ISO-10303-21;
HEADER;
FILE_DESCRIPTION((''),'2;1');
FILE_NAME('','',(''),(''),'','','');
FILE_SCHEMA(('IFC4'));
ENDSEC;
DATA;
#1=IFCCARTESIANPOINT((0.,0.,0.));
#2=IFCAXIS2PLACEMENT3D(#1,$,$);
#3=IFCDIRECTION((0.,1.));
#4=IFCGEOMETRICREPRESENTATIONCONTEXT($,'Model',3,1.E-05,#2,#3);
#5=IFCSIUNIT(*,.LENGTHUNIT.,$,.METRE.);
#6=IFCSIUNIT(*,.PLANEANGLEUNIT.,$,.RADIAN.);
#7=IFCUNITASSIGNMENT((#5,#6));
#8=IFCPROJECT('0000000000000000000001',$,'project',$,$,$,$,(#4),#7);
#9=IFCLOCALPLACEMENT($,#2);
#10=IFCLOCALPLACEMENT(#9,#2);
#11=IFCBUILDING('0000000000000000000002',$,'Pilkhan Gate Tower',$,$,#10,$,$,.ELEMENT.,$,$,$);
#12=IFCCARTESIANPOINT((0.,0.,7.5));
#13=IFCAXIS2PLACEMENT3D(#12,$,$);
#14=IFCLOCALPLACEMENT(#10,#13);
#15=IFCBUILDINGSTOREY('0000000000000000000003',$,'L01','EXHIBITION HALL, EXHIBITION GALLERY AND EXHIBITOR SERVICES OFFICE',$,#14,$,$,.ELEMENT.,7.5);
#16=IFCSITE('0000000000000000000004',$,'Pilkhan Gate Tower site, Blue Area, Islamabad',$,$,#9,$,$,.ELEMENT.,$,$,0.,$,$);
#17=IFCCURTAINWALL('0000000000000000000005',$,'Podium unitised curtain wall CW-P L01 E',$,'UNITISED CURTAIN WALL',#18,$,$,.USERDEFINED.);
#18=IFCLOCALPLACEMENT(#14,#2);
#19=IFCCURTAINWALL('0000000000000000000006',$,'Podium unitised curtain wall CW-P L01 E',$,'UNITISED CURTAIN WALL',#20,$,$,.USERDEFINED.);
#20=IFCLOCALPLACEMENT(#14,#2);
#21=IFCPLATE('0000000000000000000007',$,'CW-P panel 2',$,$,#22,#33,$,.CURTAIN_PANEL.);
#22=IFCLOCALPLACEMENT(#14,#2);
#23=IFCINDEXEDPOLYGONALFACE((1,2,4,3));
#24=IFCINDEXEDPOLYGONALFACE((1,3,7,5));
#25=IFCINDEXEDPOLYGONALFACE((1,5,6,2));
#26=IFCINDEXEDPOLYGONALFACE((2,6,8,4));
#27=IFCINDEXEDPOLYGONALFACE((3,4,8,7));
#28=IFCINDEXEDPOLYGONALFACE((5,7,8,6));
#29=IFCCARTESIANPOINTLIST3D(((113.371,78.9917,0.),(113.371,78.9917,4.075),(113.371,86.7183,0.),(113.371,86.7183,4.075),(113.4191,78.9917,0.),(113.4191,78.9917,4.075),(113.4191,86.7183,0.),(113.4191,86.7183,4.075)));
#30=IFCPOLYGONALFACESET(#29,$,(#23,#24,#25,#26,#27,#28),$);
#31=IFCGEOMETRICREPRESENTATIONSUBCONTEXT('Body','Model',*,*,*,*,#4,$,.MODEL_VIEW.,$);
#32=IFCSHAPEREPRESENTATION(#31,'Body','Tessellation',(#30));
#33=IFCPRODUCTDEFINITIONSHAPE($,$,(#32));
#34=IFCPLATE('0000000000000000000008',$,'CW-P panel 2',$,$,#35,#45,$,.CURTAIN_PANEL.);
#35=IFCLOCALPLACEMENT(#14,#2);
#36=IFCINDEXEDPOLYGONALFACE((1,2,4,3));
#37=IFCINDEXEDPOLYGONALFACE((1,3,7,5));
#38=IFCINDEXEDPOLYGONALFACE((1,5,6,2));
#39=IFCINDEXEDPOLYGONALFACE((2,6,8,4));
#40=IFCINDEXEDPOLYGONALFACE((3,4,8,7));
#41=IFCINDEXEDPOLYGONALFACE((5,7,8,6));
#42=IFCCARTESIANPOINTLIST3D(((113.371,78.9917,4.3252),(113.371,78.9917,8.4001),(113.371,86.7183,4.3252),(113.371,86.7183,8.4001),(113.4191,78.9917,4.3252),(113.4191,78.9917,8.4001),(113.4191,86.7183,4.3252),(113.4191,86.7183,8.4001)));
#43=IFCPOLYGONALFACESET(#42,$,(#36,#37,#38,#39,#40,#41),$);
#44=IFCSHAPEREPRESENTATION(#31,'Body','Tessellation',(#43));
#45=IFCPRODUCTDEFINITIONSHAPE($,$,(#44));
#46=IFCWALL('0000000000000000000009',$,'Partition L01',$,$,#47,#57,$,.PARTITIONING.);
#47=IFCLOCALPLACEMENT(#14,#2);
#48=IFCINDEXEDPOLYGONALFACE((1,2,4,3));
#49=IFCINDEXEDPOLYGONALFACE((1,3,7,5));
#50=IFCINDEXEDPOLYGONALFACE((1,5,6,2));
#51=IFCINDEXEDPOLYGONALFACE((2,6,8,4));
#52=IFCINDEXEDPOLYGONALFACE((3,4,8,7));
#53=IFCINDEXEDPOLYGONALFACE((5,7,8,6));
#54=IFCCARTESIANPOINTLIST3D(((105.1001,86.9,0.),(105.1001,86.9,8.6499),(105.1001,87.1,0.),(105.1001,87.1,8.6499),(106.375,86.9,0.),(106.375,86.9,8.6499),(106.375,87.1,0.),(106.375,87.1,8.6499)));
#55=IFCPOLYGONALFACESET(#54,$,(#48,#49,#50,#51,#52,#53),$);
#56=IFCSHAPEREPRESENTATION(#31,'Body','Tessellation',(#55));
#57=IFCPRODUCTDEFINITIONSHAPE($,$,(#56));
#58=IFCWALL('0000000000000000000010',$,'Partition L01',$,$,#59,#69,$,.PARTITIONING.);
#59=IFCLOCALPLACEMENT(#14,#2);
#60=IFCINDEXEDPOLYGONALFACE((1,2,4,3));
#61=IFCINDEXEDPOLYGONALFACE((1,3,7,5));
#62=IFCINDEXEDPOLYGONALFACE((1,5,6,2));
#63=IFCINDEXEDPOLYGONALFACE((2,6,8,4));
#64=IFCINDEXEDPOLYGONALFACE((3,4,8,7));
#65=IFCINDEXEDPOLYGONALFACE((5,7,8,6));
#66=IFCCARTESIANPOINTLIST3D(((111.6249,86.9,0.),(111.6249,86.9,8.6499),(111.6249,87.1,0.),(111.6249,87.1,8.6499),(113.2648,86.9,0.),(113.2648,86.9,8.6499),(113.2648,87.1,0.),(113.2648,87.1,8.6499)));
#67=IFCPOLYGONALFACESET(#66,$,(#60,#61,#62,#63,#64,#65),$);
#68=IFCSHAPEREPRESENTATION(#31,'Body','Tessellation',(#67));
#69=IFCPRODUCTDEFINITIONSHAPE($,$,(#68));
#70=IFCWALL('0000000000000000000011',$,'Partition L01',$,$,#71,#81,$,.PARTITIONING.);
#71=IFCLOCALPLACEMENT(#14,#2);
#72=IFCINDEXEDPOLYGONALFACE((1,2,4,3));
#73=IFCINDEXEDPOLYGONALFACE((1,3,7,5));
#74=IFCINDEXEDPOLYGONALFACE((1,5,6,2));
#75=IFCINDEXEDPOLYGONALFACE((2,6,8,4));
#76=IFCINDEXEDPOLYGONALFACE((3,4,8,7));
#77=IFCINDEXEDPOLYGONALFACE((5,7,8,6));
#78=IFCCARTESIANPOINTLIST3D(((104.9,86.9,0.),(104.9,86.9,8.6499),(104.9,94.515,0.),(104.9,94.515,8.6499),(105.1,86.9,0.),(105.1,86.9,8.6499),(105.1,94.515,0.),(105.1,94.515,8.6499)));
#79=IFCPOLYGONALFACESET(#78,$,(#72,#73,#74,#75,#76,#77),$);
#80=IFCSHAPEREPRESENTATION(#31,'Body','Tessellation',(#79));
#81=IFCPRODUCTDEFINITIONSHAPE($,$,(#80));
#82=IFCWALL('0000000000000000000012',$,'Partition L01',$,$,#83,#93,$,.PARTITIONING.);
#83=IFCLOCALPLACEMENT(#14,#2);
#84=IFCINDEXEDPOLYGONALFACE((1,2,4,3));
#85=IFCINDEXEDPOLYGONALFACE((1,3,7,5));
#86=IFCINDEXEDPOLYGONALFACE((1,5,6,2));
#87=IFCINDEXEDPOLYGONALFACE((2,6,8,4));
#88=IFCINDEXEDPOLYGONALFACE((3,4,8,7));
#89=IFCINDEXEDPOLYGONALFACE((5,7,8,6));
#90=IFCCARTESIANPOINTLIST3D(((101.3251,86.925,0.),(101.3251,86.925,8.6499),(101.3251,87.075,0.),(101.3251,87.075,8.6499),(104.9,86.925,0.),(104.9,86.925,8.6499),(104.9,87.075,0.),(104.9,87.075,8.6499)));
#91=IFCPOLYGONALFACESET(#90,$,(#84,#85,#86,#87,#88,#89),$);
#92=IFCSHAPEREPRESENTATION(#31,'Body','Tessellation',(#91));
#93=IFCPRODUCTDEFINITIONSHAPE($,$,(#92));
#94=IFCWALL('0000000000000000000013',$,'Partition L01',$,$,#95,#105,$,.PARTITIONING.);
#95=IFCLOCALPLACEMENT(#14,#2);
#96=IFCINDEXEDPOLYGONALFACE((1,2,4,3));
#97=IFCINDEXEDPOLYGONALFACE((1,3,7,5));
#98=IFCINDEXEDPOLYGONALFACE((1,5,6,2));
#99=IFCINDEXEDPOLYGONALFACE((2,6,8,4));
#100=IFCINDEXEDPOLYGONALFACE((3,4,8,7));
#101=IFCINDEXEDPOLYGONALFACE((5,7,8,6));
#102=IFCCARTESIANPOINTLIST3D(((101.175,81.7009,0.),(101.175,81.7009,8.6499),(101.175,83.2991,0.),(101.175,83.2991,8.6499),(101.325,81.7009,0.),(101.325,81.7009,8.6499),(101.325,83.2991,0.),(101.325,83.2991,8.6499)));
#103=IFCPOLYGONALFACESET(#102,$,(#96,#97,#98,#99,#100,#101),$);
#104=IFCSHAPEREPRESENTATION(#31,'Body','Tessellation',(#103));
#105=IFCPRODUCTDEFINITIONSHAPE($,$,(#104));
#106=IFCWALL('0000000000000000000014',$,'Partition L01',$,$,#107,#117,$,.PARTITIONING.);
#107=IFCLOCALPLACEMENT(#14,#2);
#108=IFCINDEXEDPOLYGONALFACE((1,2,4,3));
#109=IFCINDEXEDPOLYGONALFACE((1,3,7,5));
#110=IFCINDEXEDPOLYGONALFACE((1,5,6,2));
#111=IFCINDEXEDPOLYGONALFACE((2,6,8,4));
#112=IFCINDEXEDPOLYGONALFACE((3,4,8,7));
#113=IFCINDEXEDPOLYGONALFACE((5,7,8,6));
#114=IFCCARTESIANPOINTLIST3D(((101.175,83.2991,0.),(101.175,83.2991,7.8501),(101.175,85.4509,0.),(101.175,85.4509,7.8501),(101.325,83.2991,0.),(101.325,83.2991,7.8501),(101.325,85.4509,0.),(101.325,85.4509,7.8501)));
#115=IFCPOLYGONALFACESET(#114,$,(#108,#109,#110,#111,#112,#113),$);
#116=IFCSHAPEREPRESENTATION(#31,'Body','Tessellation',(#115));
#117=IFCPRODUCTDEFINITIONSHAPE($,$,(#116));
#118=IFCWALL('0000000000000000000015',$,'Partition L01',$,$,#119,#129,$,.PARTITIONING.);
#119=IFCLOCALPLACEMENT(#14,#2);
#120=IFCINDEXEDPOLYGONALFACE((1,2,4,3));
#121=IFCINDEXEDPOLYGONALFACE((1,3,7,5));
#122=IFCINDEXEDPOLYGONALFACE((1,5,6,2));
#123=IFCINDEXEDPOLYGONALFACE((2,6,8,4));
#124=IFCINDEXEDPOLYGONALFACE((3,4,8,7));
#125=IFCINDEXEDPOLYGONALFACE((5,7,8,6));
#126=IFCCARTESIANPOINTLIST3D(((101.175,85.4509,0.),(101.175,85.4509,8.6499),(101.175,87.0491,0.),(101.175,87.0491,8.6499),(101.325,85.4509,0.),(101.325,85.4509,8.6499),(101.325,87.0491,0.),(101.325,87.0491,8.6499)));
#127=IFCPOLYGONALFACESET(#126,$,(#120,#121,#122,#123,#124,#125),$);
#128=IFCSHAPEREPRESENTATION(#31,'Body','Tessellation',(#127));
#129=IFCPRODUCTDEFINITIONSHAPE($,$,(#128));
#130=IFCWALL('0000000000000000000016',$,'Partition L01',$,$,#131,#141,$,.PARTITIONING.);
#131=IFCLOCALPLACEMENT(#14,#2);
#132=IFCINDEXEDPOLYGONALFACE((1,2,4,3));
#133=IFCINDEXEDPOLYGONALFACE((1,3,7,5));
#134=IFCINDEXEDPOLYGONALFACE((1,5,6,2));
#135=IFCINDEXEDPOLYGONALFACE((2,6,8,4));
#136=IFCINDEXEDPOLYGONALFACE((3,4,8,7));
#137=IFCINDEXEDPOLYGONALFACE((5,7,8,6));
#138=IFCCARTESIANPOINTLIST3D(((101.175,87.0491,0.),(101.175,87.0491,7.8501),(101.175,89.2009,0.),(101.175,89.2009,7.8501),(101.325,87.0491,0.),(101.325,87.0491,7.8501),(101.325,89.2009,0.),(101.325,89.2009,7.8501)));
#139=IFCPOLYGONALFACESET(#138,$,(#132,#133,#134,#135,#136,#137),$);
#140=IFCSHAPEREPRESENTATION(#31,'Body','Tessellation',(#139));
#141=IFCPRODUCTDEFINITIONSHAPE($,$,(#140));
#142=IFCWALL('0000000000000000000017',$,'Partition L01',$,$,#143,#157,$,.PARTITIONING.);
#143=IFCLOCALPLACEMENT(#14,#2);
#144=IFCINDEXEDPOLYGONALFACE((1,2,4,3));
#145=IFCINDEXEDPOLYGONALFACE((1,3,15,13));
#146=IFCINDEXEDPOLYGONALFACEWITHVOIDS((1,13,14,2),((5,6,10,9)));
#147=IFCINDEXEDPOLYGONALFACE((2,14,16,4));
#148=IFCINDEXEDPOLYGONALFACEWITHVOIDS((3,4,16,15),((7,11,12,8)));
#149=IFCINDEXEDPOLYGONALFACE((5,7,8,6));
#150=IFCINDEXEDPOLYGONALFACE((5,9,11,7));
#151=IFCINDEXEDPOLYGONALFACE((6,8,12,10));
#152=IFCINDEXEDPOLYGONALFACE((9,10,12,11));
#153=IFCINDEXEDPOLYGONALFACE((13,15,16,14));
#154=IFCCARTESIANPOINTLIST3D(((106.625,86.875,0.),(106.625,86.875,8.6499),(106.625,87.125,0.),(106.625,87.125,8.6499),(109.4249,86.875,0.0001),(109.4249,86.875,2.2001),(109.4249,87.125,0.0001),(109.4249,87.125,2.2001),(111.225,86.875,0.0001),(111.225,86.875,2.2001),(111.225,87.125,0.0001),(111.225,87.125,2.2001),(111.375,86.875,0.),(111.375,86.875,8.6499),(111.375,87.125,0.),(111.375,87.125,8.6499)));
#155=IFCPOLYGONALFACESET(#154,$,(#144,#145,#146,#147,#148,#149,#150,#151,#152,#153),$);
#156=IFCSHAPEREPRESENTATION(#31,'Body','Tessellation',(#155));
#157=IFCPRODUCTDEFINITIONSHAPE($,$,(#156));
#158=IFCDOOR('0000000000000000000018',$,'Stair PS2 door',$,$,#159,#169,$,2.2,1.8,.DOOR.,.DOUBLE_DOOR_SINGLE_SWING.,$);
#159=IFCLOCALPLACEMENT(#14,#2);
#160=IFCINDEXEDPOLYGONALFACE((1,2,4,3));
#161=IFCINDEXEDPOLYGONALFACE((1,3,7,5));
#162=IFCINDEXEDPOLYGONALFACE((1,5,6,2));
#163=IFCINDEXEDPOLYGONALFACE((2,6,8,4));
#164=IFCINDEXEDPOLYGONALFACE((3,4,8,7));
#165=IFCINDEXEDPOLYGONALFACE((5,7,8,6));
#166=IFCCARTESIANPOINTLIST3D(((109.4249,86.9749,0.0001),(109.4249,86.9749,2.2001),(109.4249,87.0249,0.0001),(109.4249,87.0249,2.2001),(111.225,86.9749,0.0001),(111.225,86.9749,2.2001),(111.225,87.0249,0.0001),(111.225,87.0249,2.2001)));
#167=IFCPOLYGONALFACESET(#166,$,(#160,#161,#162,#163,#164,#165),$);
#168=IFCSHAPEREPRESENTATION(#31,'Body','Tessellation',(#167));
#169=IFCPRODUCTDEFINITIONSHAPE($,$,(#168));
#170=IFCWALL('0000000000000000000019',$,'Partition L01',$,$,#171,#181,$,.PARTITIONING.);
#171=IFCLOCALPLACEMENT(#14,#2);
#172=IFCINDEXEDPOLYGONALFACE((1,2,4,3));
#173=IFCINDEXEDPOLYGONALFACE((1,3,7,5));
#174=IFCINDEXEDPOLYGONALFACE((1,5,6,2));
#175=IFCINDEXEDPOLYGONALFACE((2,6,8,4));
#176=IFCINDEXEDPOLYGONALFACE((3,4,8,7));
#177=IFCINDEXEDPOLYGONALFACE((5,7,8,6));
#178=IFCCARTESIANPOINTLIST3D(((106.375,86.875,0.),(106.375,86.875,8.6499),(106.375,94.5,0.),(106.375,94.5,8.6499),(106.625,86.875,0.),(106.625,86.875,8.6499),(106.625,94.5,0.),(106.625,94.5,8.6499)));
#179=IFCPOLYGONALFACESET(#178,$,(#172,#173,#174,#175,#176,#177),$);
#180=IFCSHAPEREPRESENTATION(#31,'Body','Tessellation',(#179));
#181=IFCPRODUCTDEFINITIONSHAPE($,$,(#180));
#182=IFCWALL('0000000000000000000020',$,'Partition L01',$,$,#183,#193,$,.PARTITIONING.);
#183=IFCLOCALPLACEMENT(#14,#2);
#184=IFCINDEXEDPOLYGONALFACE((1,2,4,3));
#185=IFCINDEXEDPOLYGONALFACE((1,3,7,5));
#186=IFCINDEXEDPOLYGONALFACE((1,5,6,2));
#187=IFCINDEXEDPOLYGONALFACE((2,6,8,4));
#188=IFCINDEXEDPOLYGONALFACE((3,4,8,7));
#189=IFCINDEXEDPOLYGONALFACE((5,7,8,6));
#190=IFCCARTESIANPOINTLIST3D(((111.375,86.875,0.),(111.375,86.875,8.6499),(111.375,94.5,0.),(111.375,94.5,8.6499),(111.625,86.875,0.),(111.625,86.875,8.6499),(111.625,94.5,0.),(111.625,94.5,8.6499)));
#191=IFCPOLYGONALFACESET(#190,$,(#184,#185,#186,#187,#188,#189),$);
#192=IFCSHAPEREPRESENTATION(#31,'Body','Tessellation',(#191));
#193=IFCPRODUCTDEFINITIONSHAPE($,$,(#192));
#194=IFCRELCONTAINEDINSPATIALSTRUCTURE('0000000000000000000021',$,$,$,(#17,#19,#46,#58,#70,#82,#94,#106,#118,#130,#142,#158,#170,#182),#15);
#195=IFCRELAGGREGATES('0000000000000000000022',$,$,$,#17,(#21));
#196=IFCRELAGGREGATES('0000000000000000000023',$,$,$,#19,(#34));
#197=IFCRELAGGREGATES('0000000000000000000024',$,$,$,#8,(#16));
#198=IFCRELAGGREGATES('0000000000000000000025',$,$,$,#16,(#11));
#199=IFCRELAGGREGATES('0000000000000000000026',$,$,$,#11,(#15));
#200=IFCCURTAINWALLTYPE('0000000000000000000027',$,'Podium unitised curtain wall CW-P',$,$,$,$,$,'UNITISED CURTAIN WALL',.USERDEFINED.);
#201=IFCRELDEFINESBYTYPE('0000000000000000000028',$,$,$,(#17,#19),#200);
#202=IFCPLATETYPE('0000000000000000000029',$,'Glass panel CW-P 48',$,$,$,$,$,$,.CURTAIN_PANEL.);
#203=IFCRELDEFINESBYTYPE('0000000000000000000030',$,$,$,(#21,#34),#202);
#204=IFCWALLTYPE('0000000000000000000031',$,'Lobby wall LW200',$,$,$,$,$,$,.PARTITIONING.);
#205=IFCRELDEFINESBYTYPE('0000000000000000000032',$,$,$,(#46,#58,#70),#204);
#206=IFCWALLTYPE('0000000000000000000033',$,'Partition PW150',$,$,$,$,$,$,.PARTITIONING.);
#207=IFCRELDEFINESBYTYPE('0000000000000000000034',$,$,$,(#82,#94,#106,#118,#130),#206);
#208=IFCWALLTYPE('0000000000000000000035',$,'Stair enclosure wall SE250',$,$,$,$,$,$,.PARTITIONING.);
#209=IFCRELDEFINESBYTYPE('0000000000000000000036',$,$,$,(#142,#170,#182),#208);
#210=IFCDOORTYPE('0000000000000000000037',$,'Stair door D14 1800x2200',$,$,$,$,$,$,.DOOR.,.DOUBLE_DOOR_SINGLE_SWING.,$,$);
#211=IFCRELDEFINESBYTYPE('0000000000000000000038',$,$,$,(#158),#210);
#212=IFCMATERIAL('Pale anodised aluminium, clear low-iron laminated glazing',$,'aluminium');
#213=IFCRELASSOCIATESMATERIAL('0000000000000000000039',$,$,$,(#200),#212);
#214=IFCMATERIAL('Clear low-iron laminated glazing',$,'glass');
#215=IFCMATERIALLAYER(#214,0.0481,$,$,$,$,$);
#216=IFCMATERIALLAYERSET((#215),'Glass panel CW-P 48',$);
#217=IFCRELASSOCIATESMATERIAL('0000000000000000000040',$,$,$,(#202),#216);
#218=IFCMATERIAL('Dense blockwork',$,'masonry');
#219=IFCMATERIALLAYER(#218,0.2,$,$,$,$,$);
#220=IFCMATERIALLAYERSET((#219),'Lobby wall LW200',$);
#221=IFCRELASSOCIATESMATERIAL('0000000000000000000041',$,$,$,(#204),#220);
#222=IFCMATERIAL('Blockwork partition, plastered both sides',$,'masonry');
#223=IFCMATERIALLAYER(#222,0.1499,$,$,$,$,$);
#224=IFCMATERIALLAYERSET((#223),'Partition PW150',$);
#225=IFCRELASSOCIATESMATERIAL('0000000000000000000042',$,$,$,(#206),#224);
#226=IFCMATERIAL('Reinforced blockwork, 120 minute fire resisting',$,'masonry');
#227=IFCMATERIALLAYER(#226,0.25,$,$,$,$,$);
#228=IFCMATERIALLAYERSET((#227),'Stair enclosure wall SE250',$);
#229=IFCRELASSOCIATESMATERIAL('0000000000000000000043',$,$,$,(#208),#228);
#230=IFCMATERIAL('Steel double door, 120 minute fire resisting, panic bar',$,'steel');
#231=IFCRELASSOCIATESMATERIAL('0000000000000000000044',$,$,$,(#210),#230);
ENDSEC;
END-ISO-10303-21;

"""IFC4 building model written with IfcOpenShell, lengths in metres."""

from ifc_helpers import new_model, si_unit, direction, frame, frame_2d, origin, origin_2d, place, context, subcontext, project, spatial, rectangle, extrude, material, layer, layer_set, type_object, element, fill, aggregate, save


model = new_model("IFC4")

# Units and contexts
model_context = context("Model", 3, precision=1e-05, world=origin(), true_north=direction((0.0, 1.0)))
body_context = subcontext(model_context, "Body", "Model", "MODEL_VIEW")
ifc_project = project(units=[si_unit("LENGTHUNIT", "METRE"), si_unit("PLANEANGLEUNIT", "RADIAN")], contexts=[model_context])

# Site, building, storey
site_placement = place(None, origin())
site = spatial("IfcSite", under=ifc_project, at=site_placement, Name="Pilkhan Gate Tower site, Blue Area, Islamabad", CompositionType="ELEMENT", RefElevation=0.0)
building_placement = place(site_placement, origin())
building = spatial("IfcBuilding", under=site, at=building_placement, Name="Pilkhan Gate Tower", CompositionType="ELEMENT")
storey_placement = place(building_placement, frame((0.0, 0.0, 7.5)))
storey = spatial("IfcBuildingStorey", under=building, at=storey_placement, Name="L01", Description="EXHIBITION HALL, EXHIBITION GALLERY AND EXHIBITOR SERVICES OFFICE", CompositionType="ELEMENT", Elevation=7.5)

# Curtain walls
ifc_material_1 = material(Name="Pale anodised aluminium, clear low-iron laminated glazing", Category="aluminium")
curtain_wall_type = type_object("IfcCurtainWallType", Name="Podium unitised curtain wall CW-P", ElementType="UNITISED CURTAIN WALL", PredefinedType="USERDEFINED", material=ifc_material_1)
curtain_wall_1_placement = place(storey_placement, origin())
curtain_wall_1 = element("IfcCurtainWall", 1, at=curtain_wall_1_placement, inside=storey, type_object=curtain_wall_type, Name="Podium unitised curtain wall CW-P L01 E", ObjectType="UNITISED CURTAIN WALL", PredefinedType="USERDEFINED")
curtain_wall_2_placement = place(storey_placement, origin())
curtain_wall_2 = element("IfcCurtainWall", 2, at=curtain_wall_2_placement, inside=storey, type_object=curtain_wall_type, Name="Podium unitised curtain wall CW-P L01 E", ObjectType="UNITISED CURTAIN WALL", PredefinedType="USERDEFINED")

# Plates
ifc_material_2 = material(Name="Clear low-iron laminated glazing", Category="glass")
ifc_layer_1 = layer(ifc_material_2, 0.0481)
ifc_layer_set_1 = layer_set([ifc_layer_1], Name="Glass panel CW-P 48")
plate_type = type_object("IfcPlateType", Name="Glass panel CW-P 48", PredefinedType="CURTAIN_PANEL", material=ifc_layer_set_1)
plate_1_placement = place(storey_placement, frame((113.395, 82.855, 0.0), z_axis=(0.0, 0.0, 1.0), x_axis=(0.0, 1.0, 0.0)))
plate_1 = element("IfcPlate", 3, at=plate_1_placement, type_object=plate_type, Name="CW-P panel 2", PredefinedType="CURTAIN_PANEL", context=body_context, shape_type="SweptSolid", body=[
    extrude(rectangle(XDim=7.7266, YDim=0.0481, at=origin_2d()), origin(), (0.0, 0.0, 1.0), 4.075),
])
aggregate(curtain_wall_1, [plate_1])
plate_2_placement = place(storey_placement, frame((113.395, 82.855, 4.3252), z_axis=(0.0, 0.0, 1.0), x_axis=(0.0, 1.0, 0.0)))
plate_2 = element("IfcPlate", 4, at=plate_2_placement, type_object=plate_type, Name="CW-P panel 2", PredefinedType="CURTAIN_PANEL", context=body_context, shape_type="SweptSolid", body=[
    extrude(rectangle(XDim=7.7266, YDim=0.0481, at=origin_2d()), origin(), (0.0, 0.0, 1.0), 4.075),
])
aggregate(curtain_wall_2, [plate_2])

# Walls
ifc_material_3 = material(Name="Dense blockwork", Category="masonry")
ifc_layer_2 = layer(ifc_material_3, 0.2)
ifc_layer_set_2 = layer_set([ifc_layer_2], Name="Lobby wall LW200")
wall_type_1 = type_object("IfcWallType", Name="Lobby wall LW200", PredefinedType="PARTITIONING", material=ifc_layer_set_2)
wall_1_placement = place(storey_placement, frame((105.1001, 87.0, 0.0), z_axis=(0.0, 0.0, 1.0), x_axis=(1.0, 0.0, 0.0)))
element("IfcWall", 5, at=wall_1_placement, inside=storey, type_object=wall_type_1, Name="Partition L01", PredefinedType="PARTITIONING", context=body_context, shape_type="SweptSolid", body=[
    extrude(rectangle(XDim=1.2749, YDim=0.2, at=frame_2d((0.6375, 0.0))), origin(), (0.0, 0.0, 1.0), 8.6499),
])
wall_2_placement = place(storey_placement, frame((111.625, 87.0, 0.0), z_axis=(0.0, 0.0, 1.0), x_axis=(1.0, 0.0, 0.0)))
element("IfcWall", 6, at=wall_2_placement, inside=storey, type_object=wall_type_1, Name="Partition L01", PredefinedType="PARTITIONING", context=body_context, shape_type="SweptSolid", body=[
    extrude(rectangle(XDim=1.6399, YDim=0.2, at=frame_2d((0.8198, 0.0))), origin(), (0.0, 0.0, 1.0), 8.6499),
])
wall_3_placement = place(storey_placement, frame((105.0, 86.8999, 0.0), z_axis=(0.0, 0.0, 1.0), x_axis=(0.0, 1.0, 0.0)))
element("IfcWall", 7, at=wall_3_placement, inside=storey, type_object=wall_type_1, Name="Partition L01", PredefinedType="PARTITIONING", context=body_context, shape_type="SweptSolid", body=[
    extrude(rectangle(XDim=7.615, YDim=0.2, at=frame_2d((3.8076, 0.0))), origin(), (0.0, 0.0, 1.0), 8.6499),
])
ifc_material_4 = material(Name="Blockwork partition, plastered both sides", Category="masonry")
ifc_layer_3 = layer(ifc_material_4, 0.1499)
ifc_layer_set_3 = layer_set([ifc_layer_3], Name="Partition PW150")
wall_type_2 = type_object("IfcWallType", Name="Partition PW150", PredefinedType="PARTITIONING", material=ifc_layer_set_3)
wall_4_placement = place(storey_placement, frame((101.325, 87.0, 0.0), z_axis=(0.0, 0.0, 1.0), x_axis=(1.0, 0.0, 0.0)))
element("IfcWall", 8, at=wall_4_placement, inside=storey, type_object=wall_type_2, Name="Partition L01", PredefinedType="PARTITIONING", context=body_context, shape_type="SweptSolid", body=[
    extrude(rectangle(XDim=3.575, YDim=0.1499, at=frame_2d((1.7876, 0.0))), origin(), (0.0, 0.0, 1.0), 8.6499),
])
wall_5_placement = place(storey_placement, frame((101.25, 81.7009, 0.0), z_axis=(0.0, 0.0, 1.0), x_axis=(0.0, 1.0, 0.0)))
element("IfcWall", 9, at=wall_5_placement, inside=storey, type_object=wall_type_2, Name="Partition L01", PredefinedType="PARTITIONING", context=body_context, shape_type="SweptSolid", body=[
    extrude(rectangle(XDim=1.5981, YDim=0.1499, at=frame_2d((0.7991, 0.0))), origin(), (0.0, 0.0, 1.0), 8.6499),
])
wall_6_placement = place(storey_placement, frame((101.25, 83.2991, 0.0), z_axis=(0.0, 0.0, 1.0), x_axis=(0.0, 1.0, 0.0)))
element("IfcWall", 10, at=wall_6_placement, inside=storey, type_object=wall_type_2, Name="Partition L01", PredefinedType="PARTITIONING", context=body_context, shape_type="SweptSolid", body=[
    extrude(rectangle(XDim=2.1519, YDim=0.1499, at=frame_2d((1.0759, 0.0))), origin(), (0.0, 0.0, 1.0), 7.8501),
])
wall_7_placement = place(storey_placement, frame((101.25, 85.4509, 0.0), z_axis=(0.0, 0.0, 1.0), x_axis=(0.0, 1.0, 0.0)))
element("IfcWall", 11, at=wall_7_placement, inside=storey, type_object=wall_type_2, Name="Partition L01", PredefinedType="PARTITIONING", context=body_context, shape_type="SweptSolid", body=[
    extrude(rectangle(XDim=1.5981, YDim=0.1499, at=frame_2d((0.7991, 0.0))), origin(), (0.0, 0.0, 1.0), 8.6499),
])
wall_8_placement = place(storey_placement, frame((101.25, 87.0491, 0.0), z_axis=(0.0, 0.0, 1.0), x_axis=(0.0, 1.0, 0.0)))
element("IfcWall", 12, at=wall_8_placement, inside=storey, type_object=wall_type_2, Name="Partition L01", PredefinedType="PARTITIONING", context=body_context, shape_type="SweptSolid", body=[
    extrude(rectangle(XDim=2.1519, YDim=0.1499, at=frame_2d((1.0759, 0.0))), origin(), (0.0, 0.0, 1.0), 7.8501),
])

# Wall, opening, door
ifc_material_5 = material(Name="Reinforced blockwork, 120 minute fire resisting", Category="masonry")
ifc_layer_4 = layer(ifc_material_5, 0.25)
ifc_layer_set_4 = layer_set([ifc_layer_4], Name="Stair enclosure wall SE250")
wall_type_3 = type_object("IfcWallType", Name="Stair enclosure wall SE250", PredefinedType="PARTITIONING", material=ifc_layer_set_4)
wall_9_placement = place(storey_placement, frame((106.625, 87.0, 0.0), z_axis=(0.0, 0.0, 1.0), x_axis=(1.0, 0.0, 0.0)))
wall_9 = element("IfcWall", 13, at=wall_9_placement, inside=storey, type_object=wall_type_3, Name="Partition L01", PredefinedType="PARTITIONING", context=body_context, shape_type="SweptSolid", body=[
    extrude(rectangle(XDim=4.75, YDim=0.25, at=frame_2d((2.375, 0.0))), origin(), (0.0, 0.0, 1.0), 8.6499),
])
opening_placement = place(wall_9_placement, frame((2.8, 0.0, 0.0)))
opening = element("IfcOpeningElement", 14, at=opening_placement, cuts=wall_9, PredefinedType="OPENING", context=body_context, shape_type="SweptSolid", body=[
    extrude(rectangle(XDim=1.8, YDim=2.2, at=frame_2d((0.8999, 1.1001))), frame((0.0, 0.135, 0.0), z_axis=(0.0, -1.0, 0.0), x_axis=(1.0, 0.0, 0.0)), (0.0, 0.0, 1.0), 0.27),
])
ifc_material_6 = material(Name="Steel double door, 120 minute fire resisting, panic bar", Category="steel")
door_type = type_object("IfcDoorType", Name="Stair door D14 1800x2200", OperationType="DOUBLE_DOOR_SINGLE_SWING", PredefinedType="DOOR", material=ifc_material_6)
door_placement = place(opening_placement, origin())
door = element("IfcDoor", 15, at=door_placement, inside=storey, type_object=door_type, Name="Stair PS2 door", OperationType="DOUBLE_DOOR_SINGLE_SWING", OverallHeight=2.2, OverallWidth=1.8, PredefinedType="DOOR", context=body_context, shape_type="SweptSolid", body=[
    extrude(rectangle(XDim=1.8, YDim=2.2, at=frame_2d((0.8999, 1.1001))), frame((0.0, 0.0249, 0.0), z_axis=(0.0, -1.0, 0.0), x_axis=(1.0, 0.0, 0.0)), (0.0, 0.0, 1.0), 0.05),
])
fill(opening, door)

# Walls
for number, where, z_axis, x_axis, name in (
    (16, (106.5, 86.875, 0.0), (0.0, 0.0, 1.0), (0.0, 1.0, 0.0), "Partition L01"),
    (17, (111.5, 86.875, 0.0), (0.0, 0.0, 1.0), (0.0, 1.0, 0.0), "Partition L01"),
):
    element("IfcWall", number, at=place(storey_placement, frame(where, z_axis=z_axis, x_axis=x_axis)), inside=storey, type_object=wall_type_3, Name=name, PredefinedType="PARTITIONING", context=body_context, shape_type="SweptSolid", body=[
        extrude(rectangle(XDim=7.625, YDim=0.25, at=frame_2d((3.8125, 0.0))), origin(), (0.0, 0.0, 1.0), 8.6499),
    ])

save(model, "model.ifc")
